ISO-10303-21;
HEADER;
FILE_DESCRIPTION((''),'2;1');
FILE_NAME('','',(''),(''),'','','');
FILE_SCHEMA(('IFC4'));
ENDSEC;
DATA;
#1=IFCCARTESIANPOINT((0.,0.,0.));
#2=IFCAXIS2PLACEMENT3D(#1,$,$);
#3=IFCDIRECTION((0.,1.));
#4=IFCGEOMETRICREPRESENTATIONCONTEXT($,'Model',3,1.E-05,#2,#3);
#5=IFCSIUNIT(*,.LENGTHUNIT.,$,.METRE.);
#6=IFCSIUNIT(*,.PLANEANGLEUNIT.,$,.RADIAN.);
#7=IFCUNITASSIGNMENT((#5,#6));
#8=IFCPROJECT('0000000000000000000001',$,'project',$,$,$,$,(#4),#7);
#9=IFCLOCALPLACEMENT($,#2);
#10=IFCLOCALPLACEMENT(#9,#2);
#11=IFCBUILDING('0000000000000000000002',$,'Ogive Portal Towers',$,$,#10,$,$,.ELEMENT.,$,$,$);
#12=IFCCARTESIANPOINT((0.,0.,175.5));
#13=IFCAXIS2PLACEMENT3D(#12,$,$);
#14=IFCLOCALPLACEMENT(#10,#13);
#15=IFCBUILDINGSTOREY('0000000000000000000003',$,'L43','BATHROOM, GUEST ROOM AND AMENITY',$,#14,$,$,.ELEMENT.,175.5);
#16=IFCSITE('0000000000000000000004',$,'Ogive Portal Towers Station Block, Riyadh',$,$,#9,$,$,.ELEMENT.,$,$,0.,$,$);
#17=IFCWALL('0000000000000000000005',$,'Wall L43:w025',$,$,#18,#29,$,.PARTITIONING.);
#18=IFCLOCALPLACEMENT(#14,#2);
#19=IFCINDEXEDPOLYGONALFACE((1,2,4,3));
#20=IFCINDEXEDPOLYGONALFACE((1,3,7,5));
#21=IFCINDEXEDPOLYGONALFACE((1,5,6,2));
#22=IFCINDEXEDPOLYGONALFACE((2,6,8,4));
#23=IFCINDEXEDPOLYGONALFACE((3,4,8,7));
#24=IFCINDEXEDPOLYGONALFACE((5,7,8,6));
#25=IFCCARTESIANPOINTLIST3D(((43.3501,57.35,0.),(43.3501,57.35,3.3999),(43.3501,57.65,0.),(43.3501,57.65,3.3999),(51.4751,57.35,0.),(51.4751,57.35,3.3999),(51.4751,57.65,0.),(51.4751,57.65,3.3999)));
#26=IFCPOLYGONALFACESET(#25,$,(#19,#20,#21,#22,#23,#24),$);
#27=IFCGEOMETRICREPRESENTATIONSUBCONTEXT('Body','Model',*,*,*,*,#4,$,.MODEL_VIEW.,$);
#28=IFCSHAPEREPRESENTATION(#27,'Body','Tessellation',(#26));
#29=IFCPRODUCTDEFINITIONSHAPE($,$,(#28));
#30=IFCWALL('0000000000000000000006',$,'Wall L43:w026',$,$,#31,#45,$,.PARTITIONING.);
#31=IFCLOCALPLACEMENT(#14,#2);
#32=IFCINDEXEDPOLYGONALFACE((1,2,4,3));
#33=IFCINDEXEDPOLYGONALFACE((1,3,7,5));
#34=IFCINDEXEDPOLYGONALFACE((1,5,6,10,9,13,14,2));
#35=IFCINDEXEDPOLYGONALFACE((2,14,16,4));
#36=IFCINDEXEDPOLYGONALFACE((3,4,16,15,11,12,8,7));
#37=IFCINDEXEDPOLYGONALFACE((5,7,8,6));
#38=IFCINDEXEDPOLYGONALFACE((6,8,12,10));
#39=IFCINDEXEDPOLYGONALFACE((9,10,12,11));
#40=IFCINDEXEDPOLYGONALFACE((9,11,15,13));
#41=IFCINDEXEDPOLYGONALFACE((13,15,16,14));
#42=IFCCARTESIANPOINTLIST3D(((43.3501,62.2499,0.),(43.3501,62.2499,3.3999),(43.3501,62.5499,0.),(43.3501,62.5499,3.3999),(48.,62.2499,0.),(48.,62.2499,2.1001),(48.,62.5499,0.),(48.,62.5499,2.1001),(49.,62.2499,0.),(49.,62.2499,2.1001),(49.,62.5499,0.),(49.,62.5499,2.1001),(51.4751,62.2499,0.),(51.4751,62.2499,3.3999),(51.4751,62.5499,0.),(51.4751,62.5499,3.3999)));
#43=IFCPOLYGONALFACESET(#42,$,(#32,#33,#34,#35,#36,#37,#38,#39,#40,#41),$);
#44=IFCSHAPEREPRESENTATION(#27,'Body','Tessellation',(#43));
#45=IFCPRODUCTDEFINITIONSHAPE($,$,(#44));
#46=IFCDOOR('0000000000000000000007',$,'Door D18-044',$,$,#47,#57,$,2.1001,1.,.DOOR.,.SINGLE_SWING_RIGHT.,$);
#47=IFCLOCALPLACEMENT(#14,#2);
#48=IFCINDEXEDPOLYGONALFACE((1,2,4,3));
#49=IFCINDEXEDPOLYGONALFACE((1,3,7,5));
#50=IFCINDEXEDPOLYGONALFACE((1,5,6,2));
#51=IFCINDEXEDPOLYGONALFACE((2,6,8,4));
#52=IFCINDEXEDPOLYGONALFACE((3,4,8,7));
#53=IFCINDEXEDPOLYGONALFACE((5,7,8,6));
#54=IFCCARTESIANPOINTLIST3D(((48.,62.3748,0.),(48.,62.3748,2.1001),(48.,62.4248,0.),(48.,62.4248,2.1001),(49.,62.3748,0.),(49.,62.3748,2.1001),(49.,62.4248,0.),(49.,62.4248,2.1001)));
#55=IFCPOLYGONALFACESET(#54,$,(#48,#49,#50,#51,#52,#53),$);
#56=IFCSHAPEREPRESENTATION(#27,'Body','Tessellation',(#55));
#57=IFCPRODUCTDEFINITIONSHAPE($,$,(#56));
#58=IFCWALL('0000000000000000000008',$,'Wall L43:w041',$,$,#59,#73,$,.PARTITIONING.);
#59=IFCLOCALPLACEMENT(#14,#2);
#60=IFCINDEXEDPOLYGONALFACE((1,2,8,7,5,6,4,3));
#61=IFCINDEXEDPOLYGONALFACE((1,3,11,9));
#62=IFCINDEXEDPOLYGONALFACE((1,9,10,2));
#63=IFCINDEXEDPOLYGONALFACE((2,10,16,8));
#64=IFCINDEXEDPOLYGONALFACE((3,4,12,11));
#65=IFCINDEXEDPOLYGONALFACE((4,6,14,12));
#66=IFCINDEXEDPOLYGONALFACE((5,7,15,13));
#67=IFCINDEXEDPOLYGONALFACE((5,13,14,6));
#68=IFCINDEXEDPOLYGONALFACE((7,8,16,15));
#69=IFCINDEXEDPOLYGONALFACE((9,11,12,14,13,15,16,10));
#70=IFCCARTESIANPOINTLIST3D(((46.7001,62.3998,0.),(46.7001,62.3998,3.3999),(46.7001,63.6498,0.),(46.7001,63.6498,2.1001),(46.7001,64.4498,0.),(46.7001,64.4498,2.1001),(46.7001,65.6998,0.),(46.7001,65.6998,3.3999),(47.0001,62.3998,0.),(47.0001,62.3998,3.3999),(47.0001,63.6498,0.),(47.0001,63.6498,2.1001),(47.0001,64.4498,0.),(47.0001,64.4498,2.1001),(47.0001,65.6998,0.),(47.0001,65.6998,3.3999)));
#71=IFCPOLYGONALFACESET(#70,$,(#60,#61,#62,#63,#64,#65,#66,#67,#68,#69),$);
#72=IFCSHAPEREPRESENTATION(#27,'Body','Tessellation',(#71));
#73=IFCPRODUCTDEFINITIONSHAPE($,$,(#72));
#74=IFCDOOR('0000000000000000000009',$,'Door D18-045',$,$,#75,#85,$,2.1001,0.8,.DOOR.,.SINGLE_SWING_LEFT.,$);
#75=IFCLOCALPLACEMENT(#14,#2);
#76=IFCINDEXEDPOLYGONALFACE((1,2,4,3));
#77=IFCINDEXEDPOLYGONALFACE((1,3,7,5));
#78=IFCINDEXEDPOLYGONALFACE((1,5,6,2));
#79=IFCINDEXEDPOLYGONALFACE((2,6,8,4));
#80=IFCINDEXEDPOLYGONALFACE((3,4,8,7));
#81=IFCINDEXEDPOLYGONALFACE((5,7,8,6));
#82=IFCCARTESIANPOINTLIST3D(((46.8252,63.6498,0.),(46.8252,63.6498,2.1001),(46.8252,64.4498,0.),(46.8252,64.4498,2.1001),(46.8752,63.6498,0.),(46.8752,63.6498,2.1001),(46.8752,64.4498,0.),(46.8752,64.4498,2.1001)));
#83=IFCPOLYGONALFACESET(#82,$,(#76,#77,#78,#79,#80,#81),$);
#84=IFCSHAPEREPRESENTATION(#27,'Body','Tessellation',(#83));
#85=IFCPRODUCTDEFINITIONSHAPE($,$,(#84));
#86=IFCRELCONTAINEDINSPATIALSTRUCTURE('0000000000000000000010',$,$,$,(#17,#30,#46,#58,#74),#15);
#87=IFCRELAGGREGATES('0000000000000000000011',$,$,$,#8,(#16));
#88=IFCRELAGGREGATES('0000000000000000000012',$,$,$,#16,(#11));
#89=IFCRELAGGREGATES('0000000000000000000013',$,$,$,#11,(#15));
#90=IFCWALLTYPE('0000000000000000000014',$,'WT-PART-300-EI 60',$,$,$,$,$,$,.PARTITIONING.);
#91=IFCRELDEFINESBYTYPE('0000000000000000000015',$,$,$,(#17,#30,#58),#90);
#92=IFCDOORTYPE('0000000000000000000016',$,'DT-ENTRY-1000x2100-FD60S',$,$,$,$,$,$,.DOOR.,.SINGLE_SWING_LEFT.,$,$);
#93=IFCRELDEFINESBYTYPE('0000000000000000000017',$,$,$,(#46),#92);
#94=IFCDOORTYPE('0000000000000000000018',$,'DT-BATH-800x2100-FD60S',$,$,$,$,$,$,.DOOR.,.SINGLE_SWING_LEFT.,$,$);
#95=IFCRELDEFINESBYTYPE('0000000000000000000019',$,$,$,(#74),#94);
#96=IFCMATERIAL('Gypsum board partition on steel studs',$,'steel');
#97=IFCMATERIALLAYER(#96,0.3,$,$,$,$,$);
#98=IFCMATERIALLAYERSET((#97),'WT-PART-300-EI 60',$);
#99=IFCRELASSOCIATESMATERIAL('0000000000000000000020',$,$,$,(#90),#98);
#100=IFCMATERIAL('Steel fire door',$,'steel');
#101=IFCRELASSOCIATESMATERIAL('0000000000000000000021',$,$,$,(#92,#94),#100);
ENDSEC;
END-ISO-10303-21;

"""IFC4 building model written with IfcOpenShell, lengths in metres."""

from ifc_helpers import new_model, si_unit, direction, frame, frame_2d, origin, place, context, subcontext, project, spatial, rectangle, extrude, material, layer, layer_set, type_object, element, fill, save


model = new_model("IFC4")

# Units and contexts
model_context = context("Model", 3, precision=1e-05, world=origin(), true_north=direction((0.0, 1.0)))
body_context = subcontext(model_context, "Body", "Model", "MODEL_VIEW")
ifc_project = project(units=[si_unit("LENGTHUNIT", "METRE"), si_unit("PLANEANGLEUNIT", "RADIAN")], contexts=[model_context])

# Site, building, storey
site_placement = place(None, origin())
site = spatial("IfcSite", under=ifc_project, at=site_placement, Name="Ogive Portal Towers Station Block, Riyadh", CompositionType="ELEMENT", RefElevation=0.0)
building_placement = place(site_placement, origin())
building = spatial("IfcBuilding", under=site, at=building_placement, Name="Ogive Portal Towers", CompositionType="ELEMENT")
storey_placement = place(building_placement, frame((0.0, 0.0, 175.5)))
storey = spatial("IfcBuildingStorey", under=building, at=storey_placement, Name="L43", Description="BATHROOM, GUEST ROOM AND AMENITY", CompositionType="ELEMENT", Elevation=175.5)

# Wall
ifc_material_1 = material(Name="Gypsum board partition on steel studs", Category="steel")
ifc_layer_1 = layer(ifc_material_1, 0.3)
ifc_layer_set_1 = layer_set([ifc_layer_1], Name="WT-PART-300-EI 60")
wall_type_1 = type_object("IfcWallType", Name="WT-PART-300-EI 60", PredefinedType="PARTITIONING", material=ifc_layer_set_1)
for number, where, z_axis, x_axis, name in (
    (1, (43.3501, 57.5, 0.0), (0.0, 0.0, 1.0), (1.0, 0.0, 0.0), "Wall L43:w025"),
):
    element("IfcWall", number, at=place(storey_placement, frame(where, z_axis=z_axis, x_axis=x_axis)), inside=storey, type_object=wall_type_1, Name=name, PredefinedType="PARTITIONING", context=body_context, shape_type="SweptSolid", body=[
        extrude(rectangle(XDim=8.125, YDim=0.3, at=frame_2d((4.0625, 0.0))), origin(), (0.0, 0.0, 1.0), 3.3999),
    ])

# Walls, openings, doors
wall_1_placement = place(storey_placement, frame((43.3501, 62.3999, 0.0), z_axis=(0.0, 0.0, 1.0), x_axis=(1.0, 0.0, 0.0)))
wall_1 = element("IfcWall", 2, at=wall_1_placement, inside=storey, type_object=wall_type_1, Name="Wall L43:w026", PredefinedType="PARTITIONING", context=body_context, shape_type="SweptSolid", body=[
    extrude(rectangle(XDim=8.125, YDim=0.3, at=frame_2d((4.0625, 0.0))), origin(), (0.0, 0.0, 1.0), 3.3999),
])
opening_1_placement = place(wall_1_placement, frame((4.6499, 0.0, 0.0)))
opening_1 = element("IfcOpeningElement", 3, at=opening_1_placement, cuts=wall_1, PredefinedType="OPENING", context=body_context, shape_type="SweptSolid", body=[
    extrude(rectangle(XDim=1.0, YDim=2.1001, at=frame_2d((0.5, 1.05))), frame((0.0, 0.1602, 0.0), z_axis=(0.0, -1.0, 0.0), x_axis=(1.0, 0.0, 0.0)), (0.0, 0.0, 1.0), 0.3201),
])
ifc_material_2 = material(Name="Steel fire door", Category="steel")
door_type_1 = type_object("IfcDoorType", Name="DT-ENTRY-1000x2100-FD60S", OperationType="SINGLE_SWING_LEFT", PredefinedType="DOOR", material=ifc_material_2)
door_1_placement = place(opening_1_placement, origin())
door_1 = element("IfcDoor", 4, at=door_1_placement, inside=storey, type_object=door_type_1, Name="Door D18-044", OperationType="SINGLE_SWING_RIGHT", OverallHeight=2.1001, OverallWidth=1.0, PredefinedType="DOOR", context=body_context, shape_type="SweptSolid", body=[
    extrude(rectangle(XDim=1.0, YDim=2.1001, at=frame_2d((0.5, 1.05))), frame((0.0, 0.0249, 0.0), z_axis=(0.0, -1.0, 0.0), x_axis=(1.0, 0.0, 0.0)), (0.0, 0.0, 1.0), 0.05),
])
fill(opening_1, door_1)
wall_2_placement = place(storey_placement, frame((46.8501, 62.3999, 0.0), z_axis=(0.0, 0.0, 1.0), x_axis=(0.0, 1.0, 0.0)))
wall_2 = element("IfcWall", 5, at=wall_2_placement, inside=storey, type_object=wall_type_1, Name="Wall L43:w041", PredefinedType="PARTITIONING", context=body_context, shape_type="SweptSolid", body=[
    extrude(rectangle(XDim=3.3, YDim=0.3, at=frame_2d((1.6499, 0.0))), origin(), (0.0, 0.0, 1.0), 3.3999),
])
opening_2_placement = place(wall_2_placement, frame((1.25, 0.0, 0.0)))
opening_2 = element("IfcOpeningElement", 6, at=opening_2_placement, cuts=wall_2, PredefinedType="OPENING", context=body_context, shape_type="SweptSolid", body=[
    extrude(rectangle(XDim=0.8, YDim=2.1001, at=frame_2d((0.3999, 1.05))), frame((0.0, 0.1602, 0.0), z_axis=(0.0, -1.0, 0.0), x_axis=(1.0, 0.0, 0.0)), (0.0, 0.0, 1.0), 0.3201),
])
door_type_2 = type_object("IfcDoorType", Name="DT-BATH-800x2100-FD60S", OperationType="SINGLE_SWING_LEFT", PredefinedType="DOOR", material=ifc_material_2)
door_2_placement = place(opening_2_placement, origin())
door_2 = element("IfcDoor", 7, at=door_2_placement, inside=storey, type_object=door_type_2, Name="Door D18-045", OperationType="SINGLE_SWING_LEFT", OverallHeight=2.1001, OverallWidth=0.8, PredefinedType="DOOR", context=body_context, shape_type="SweptSolid", body=[
    extrude(rectangle(XDim=0.8, YDim=2.1001, at=frame_2d((0.3999, 1.05))), frame((0.0, 0.0249, 0.0), z_axis=(0.0, -1.0, 0.0), x_axis=(1.0, 0.0, 0.0)), (0.0, 0.0, 1.0), 0.05),
])
fill(opening_2, door_2)

save(model, "model.ifc")
